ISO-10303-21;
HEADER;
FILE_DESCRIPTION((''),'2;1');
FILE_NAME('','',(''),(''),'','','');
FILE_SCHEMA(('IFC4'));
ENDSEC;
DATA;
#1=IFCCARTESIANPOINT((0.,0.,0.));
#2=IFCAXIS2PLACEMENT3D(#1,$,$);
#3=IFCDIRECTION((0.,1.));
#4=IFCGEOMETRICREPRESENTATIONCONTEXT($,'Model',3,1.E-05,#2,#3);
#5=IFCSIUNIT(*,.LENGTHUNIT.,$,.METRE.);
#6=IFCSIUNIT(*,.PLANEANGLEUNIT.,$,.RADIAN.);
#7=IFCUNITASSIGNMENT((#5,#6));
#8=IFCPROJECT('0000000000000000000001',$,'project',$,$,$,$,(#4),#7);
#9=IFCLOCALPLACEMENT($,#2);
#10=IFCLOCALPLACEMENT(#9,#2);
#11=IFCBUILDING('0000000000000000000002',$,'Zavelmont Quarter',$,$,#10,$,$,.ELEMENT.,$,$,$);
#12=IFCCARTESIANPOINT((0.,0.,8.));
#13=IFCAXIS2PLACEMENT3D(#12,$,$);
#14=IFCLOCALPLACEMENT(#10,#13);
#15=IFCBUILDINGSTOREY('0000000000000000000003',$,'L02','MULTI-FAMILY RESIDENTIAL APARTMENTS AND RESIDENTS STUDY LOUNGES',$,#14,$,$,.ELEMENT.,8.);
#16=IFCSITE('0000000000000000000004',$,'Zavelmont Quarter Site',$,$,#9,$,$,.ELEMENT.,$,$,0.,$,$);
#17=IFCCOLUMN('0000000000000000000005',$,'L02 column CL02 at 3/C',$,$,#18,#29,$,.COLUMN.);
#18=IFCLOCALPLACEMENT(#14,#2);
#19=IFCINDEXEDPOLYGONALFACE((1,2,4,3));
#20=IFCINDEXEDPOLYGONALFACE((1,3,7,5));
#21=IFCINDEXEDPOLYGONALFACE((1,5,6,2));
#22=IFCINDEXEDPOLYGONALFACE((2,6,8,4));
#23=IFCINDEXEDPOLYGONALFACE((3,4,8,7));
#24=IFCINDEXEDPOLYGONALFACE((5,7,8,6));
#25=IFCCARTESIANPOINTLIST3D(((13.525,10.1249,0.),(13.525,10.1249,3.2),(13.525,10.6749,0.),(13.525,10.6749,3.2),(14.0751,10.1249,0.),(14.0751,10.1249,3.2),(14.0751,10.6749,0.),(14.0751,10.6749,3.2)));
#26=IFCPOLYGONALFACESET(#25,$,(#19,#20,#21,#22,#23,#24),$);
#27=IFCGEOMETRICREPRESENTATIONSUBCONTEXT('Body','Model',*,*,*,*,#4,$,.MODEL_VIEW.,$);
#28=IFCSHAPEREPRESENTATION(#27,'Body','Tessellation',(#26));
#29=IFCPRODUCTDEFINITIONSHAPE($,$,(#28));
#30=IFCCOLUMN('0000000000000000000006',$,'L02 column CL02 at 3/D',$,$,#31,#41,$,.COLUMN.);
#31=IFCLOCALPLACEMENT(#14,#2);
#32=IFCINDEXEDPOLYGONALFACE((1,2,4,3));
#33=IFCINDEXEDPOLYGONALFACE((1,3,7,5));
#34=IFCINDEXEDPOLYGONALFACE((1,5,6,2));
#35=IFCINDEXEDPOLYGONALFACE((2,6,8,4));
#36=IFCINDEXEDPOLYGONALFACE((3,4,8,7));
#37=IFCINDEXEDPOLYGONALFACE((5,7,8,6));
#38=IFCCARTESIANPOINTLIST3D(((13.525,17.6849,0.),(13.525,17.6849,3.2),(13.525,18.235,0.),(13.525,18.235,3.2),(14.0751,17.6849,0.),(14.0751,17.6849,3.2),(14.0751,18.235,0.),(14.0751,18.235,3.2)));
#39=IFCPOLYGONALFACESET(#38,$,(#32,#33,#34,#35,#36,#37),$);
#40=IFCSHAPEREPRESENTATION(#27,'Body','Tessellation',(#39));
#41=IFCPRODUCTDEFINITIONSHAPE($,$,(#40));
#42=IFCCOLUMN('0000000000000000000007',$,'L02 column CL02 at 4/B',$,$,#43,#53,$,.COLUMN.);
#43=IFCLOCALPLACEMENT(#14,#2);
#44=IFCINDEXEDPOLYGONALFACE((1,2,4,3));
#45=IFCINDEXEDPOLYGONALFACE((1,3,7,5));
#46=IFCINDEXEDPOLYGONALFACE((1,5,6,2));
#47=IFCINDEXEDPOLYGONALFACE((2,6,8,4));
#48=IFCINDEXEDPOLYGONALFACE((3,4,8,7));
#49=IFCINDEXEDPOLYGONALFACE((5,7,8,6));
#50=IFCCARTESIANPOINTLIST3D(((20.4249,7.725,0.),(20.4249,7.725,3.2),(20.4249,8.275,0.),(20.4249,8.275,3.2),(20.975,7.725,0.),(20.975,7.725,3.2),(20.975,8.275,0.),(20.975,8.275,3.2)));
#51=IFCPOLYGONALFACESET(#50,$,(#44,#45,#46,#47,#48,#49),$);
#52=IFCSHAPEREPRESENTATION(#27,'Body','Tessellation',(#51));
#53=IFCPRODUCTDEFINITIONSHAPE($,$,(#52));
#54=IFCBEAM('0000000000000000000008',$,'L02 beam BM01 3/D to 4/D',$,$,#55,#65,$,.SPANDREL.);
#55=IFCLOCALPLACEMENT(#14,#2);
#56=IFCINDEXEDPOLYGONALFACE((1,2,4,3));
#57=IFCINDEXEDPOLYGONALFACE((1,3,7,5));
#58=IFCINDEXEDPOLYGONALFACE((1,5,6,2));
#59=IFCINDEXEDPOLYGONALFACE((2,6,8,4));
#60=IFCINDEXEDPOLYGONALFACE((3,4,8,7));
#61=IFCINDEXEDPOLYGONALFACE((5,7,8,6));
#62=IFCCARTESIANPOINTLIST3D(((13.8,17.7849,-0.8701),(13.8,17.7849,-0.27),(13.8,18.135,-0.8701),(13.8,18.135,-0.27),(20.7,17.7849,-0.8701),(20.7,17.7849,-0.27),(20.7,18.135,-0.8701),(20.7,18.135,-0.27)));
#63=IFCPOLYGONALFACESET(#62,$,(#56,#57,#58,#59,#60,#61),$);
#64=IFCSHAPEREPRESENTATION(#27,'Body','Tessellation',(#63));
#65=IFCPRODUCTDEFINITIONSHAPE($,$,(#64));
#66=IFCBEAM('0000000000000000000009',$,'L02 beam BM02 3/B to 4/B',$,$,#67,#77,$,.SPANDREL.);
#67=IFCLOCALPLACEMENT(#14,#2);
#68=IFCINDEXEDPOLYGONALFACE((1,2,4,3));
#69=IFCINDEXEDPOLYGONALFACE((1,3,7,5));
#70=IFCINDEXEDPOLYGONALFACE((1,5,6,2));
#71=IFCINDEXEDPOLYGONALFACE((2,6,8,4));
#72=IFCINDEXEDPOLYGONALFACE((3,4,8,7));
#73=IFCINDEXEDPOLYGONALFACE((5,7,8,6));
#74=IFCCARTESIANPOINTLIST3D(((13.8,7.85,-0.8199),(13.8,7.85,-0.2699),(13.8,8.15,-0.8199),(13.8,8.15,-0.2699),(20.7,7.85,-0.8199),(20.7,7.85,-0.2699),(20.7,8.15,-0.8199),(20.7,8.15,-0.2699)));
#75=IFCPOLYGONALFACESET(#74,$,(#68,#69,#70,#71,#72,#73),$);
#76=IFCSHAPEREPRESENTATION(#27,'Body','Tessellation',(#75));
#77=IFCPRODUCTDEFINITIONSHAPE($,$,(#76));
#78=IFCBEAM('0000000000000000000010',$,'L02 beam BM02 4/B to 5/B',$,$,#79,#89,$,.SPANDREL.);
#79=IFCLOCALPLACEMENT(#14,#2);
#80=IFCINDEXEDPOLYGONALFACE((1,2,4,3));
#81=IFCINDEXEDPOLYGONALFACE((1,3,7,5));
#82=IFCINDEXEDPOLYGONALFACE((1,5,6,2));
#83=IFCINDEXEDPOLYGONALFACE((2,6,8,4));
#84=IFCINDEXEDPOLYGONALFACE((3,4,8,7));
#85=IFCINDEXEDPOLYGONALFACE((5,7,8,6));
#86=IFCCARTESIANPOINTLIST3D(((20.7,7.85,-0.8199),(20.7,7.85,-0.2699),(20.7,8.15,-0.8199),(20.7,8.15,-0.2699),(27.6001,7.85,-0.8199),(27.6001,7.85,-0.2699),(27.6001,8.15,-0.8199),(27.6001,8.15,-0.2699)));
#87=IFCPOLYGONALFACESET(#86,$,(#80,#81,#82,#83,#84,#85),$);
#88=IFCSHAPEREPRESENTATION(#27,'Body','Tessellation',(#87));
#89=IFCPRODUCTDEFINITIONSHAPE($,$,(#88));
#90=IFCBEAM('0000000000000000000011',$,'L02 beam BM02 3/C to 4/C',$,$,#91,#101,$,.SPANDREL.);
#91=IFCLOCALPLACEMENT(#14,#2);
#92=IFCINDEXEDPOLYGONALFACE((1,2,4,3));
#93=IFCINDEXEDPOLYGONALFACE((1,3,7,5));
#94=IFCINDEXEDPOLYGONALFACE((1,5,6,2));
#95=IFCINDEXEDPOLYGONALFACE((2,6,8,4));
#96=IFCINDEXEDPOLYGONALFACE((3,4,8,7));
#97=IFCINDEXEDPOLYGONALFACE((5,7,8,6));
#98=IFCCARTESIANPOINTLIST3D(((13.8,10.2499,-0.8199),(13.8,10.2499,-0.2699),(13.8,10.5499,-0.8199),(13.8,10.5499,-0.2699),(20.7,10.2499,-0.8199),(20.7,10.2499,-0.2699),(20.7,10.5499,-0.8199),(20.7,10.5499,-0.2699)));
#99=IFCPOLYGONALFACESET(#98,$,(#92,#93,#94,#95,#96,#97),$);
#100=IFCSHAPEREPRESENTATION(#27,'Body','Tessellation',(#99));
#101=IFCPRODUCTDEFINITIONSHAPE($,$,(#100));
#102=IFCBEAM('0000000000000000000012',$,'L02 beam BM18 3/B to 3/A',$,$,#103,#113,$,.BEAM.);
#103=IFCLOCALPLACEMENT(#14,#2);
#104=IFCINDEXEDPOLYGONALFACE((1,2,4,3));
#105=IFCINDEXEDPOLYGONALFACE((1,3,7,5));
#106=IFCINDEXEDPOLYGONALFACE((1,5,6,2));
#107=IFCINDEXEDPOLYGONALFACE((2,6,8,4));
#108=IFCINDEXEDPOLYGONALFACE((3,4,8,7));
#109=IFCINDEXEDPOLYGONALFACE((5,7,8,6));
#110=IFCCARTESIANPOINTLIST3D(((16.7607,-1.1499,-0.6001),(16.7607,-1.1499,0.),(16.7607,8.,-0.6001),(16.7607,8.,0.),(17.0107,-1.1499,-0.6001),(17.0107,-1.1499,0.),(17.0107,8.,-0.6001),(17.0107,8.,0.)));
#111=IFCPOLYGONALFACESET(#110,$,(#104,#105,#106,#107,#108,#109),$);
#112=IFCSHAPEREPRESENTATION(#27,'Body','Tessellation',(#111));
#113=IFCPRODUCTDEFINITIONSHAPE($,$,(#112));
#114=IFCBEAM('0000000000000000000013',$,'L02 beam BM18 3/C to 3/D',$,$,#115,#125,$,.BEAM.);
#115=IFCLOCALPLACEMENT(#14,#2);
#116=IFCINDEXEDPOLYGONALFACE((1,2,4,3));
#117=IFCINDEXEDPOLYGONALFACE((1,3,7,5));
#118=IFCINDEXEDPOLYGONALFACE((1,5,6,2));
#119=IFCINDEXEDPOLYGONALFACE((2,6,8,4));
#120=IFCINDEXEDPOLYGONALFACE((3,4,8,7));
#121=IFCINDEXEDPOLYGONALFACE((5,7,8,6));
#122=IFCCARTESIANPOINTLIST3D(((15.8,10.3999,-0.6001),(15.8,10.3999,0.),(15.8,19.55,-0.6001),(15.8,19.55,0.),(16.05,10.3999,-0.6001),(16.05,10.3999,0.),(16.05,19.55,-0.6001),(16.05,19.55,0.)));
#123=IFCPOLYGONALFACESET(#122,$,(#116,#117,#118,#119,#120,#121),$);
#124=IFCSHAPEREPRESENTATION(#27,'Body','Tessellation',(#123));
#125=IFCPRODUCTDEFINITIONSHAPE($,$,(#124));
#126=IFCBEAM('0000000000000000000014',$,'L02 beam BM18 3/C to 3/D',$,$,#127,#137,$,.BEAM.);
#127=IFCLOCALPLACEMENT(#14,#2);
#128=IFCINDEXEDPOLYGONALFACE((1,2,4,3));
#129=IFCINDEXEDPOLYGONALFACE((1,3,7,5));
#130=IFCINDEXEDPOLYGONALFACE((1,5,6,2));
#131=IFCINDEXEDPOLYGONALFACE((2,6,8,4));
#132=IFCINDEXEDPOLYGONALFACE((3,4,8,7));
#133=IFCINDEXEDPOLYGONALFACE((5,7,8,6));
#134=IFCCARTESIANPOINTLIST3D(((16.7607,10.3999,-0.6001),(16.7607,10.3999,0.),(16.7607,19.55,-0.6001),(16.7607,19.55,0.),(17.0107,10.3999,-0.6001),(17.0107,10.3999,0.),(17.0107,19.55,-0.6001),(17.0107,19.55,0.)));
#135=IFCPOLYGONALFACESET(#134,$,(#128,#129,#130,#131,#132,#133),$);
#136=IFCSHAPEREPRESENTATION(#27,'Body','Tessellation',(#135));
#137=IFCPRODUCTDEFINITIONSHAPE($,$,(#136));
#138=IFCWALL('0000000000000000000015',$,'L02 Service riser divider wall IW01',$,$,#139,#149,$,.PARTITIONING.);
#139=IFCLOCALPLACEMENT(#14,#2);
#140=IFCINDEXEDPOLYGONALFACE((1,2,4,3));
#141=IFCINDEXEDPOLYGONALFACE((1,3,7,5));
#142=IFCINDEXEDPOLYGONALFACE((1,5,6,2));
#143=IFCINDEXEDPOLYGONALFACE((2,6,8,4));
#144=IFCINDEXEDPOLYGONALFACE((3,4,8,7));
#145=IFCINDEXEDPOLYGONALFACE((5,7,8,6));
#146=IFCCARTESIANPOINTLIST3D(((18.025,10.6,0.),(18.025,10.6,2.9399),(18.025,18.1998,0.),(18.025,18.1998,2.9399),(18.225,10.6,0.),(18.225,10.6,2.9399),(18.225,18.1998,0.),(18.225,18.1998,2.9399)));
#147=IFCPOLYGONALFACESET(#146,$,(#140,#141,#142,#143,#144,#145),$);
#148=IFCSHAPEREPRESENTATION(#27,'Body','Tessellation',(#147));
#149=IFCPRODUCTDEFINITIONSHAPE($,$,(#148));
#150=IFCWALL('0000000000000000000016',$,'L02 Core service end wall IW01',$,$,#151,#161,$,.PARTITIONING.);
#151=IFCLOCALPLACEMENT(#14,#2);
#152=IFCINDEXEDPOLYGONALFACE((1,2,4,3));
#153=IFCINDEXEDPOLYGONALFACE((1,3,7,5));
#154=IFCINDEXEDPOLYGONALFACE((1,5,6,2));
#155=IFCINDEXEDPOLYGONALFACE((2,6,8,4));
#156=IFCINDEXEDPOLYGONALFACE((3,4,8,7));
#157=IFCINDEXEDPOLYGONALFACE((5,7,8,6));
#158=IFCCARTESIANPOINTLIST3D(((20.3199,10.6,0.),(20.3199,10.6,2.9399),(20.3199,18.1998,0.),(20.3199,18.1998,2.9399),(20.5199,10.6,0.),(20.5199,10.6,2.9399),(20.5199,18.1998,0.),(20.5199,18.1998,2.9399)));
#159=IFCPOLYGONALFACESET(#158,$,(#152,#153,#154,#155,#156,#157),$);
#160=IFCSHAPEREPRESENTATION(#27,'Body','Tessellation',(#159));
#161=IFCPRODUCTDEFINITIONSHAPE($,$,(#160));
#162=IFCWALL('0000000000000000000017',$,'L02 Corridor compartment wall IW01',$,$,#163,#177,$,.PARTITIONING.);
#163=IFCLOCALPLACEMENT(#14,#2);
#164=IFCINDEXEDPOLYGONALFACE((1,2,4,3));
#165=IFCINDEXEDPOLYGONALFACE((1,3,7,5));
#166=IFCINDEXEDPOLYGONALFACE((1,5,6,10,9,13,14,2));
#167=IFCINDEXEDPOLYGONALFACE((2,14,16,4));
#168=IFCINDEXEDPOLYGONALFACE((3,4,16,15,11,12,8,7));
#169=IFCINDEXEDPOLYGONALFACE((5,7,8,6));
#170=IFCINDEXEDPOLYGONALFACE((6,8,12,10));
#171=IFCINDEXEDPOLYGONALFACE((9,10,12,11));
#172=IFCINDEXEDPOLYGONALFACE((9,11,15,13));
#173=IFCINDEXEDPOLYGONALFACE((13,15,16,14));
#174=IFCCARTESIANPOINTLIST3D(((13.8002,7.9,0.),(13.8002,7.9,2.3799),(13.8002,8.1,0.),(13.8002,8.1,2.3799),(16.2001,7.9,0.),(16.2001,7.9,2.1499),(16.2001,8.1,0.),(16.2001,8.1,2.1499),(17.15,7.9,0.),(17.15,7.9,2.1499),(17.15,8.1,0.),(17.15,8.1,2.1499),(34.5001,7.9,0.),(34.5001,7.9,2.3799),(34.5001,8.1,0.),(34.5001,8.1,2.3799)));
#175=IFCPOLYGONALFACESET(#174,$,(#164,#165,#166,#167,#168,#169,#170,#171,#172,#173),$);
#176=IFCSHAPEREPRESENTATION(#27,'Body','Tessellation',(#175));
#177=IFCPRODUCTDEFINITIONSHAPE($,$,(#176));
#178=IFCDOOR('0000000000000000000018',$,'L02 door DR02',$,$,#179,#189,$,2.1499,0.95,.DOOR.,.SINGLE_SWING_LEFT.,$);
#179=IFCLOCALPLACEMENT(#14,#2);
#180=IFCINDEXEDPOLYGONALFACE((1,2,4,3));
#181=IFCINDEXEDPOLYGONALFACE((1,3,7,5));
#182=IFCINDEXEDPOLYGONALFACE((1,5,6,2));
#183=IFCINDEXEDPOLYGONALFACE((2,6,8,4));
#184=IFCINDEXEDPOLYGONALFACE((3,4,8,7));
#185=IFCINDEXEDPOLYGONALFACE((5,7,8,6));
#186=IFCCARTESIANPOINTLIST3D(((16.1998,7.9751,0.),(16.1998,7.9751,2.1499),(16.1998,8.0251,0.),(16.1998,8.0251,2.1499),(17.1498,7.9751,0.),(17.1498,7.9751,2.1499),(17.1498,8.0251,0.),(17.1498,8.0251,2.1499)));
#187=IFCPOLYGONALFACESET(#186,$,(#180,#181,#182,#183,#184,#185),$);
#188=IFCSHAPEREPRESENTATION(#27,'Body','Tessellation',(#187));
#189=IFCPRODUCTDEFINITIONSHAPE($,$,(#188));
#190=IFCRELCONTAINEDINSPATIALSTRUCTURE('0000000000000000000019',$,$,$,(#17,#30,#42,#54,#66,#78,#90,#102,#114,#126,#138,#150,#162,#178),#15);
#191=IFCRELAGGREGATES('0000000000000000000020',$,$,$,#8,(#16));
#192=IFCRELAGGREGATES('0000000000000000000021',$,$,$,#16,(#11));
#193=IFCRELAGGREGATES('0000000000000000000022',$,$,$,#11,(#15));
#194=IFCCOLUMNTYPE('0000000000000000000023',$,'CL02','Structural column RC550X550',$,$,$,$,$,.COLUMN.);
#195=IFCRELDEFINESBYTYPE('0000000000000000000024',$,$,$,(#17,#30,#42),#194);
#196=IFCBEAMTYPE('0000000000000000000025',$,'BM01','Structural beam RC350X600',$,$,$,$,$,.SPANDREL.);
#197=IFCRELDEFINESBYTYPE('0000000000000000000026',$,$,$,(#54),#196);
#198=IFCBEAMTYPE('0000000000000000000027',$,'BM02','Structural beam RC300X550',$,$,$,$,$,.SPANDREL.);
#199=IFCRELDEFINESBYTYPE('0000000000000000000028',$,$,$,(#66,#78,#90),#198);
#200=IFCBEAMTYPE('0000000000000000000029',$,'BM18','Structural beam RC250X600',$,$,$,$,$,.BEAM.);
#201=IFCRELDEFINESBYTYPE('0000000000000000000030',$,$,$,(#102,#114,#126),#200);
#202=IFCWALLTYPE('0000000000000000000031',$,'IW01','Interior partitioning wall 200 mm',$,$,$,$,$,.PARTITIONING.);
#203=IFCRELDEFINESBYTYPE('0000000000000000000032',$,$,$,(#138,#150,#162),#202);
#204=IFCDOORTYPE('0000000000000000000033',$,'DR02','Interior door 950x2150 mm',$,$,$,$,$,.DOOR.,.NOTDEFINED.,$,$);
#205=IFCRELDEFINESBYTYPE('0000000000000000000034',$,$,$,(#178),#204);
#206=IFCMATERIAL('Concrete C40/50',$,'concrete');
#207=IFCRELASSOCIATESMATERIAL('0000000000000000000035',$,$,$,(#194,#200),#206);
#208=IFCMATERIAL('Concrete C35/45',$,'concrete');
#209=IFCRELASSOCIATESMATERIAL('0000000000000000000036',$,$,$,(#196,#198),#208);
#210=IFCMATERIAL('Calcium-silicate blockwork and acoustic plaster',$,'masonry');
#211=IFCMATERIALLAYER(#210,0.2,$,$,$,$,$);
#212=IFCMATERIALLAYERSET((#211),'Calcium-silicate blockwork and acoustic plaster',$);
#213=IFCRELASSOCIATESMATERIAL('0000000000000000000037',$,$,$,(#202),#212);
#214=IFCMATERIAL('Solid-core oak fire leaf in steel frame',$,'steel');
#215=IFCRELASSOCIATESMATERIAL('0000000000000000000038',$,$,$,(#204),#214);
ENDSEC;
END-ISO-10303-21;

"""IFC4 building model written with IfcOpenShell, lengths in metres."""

from ifc_helpers import new_model, si_unit, direction, frame, frame_2d, origin, origin_2d, place, context, subcontext, project, spatial, rectangle, extrude, material, layer, layer_set, material_profile, profile_set, type_object, element, fill, save


model = new_model("IFC4")

# Units and contexts
model_context = context("Model", 3, precision=1e-05, world=origin(), true_north=direction((0.0, 1.0)))
body_context = subcontext(model_context, "Body", "Model", "MODEL_VIEW")
ifc_project = project(units=[si_unit("LENGTHUNIT", "METRE"), si_unit("PLANEANGLEUNIT", "RADIAN")], contexts=[model_context])

# Site, building, storey
site_placement = place(None, origin())
site = spatial("IfcSite", under=ifc_project, at=site_placement, Name="Zavelmont Quarter Site", CompositionType="ELEMENT", RefElevation=0.0)
building_placement = place(site_placement, origin())
building = spatial("IfcBuilding", under=site, at=building_placement, Name="Zavelmont Quarter", CompositionType="ELEMENT")
storey_placement = place(building_placement, frame((0.0, 0.0, 8.0)))
storey = spatial("IfcBuildingStorey", under=building, at=storey_placement, Name="L02", Description="MULTI-FAMILY RESIDENTIAL APARTMENTS AND RESIDENTS STUDY LOUNGES", CompositionType="ELEMENT", Elevation=8.0)

# Columns
ifc_material_1 = material(Name="Concrete C40/50", Category="concrete")
ifc_material_profile_1 = material_profile(ifc_material_1, rectangle(XDim=0.55, YDim=0.55, at=origin_2d()), Name="RC550X550")
ifc_profile_set_1 = profile_set([ifc_material_profile_1], Name="Concrete C40/50")
column_type = type_object("IfcColumnType", Name="CL02", Description="Structural column RC550X550", PredefinedType="COLUMN", material=ifc_profile_set_1)
for number, where, z_axis, x_axis, name in (
    (1, (13.8, 10.3999, 0.0), (0.0, 0.0, 1.0), (1.0, 0.0, 0.0), "L02 column CL02 at 3/C"),
    (2, (13.8, 17.96, 0.0), (0.0, 0.0, 1.0), (1.0, 0.0, 0.0), "L02 column CL02 at 3/D"),
    (3, (20.7, 8.0, 0.0), (0.0, 0.0, 1.0), (1.0, 0.0, 0.0), "L02 column CL02 at 4/B"),
):
    element("IfcColumn", number, at=place(storey_placement, frame(where, z_axis=z_axis, x_axis=x_axis)), inside=storey, type_object=column_type, Name=name, PredefinedType="COLUMN", context=body_context, shape_type="SweptSolid", body=[
        extrude(rectangle(XDim=0.55, YDim=0.55, at=origin_2d()), origin(), (0.0, 0.0, 1.0), 3.2),
    ])

# Beams
ifc_material_2 = material(Name="Concrete C35/45", Category="concrete")
ifc_material_profile_2 = material_profile(ifc_material_2, rectangle(XDim=0.3501, YDim=0.6001, at=origin_2d()), Name="RC350X600")
ifc_profile_set_2 = profile_set([ifc_material_profile_2], Name="Concrete C35/45")
beam_type_1 = type_object("IfcBeamType", Name="BM01", Description="Structural beam RC350X600", PredefinedType="SPANDREL", material=ifc_profile_set_2)
beam_1_placement = place(storey_placement, frame((13.8, 17.96, -0.5701), z_axis=(1.0, 0.0, 0.0), x_axis=(0.0, 1.0, 0.0)))
element("IfcBeam", 4, at=beam_1_placement, inside=storey, type_object=beam_type_1, Name="L02 beam BM01 3/D to 4/D", PredefinedType="SPANDREL", context=body_context, shape_type="SweptSolid", body=[
    extrude(rectangle(XDim=0.3501, YDim=0.6001, at=origin_2d()), origin(), (0.0, 0.0, 1.0), 6.8999),
])
ifc_material_profile_3 = material_profile(ifc_material_2, rectangle(XDim=0.3, YDim=0.55, at=origin_2d()), Name="RC300X550")
ifc_profile_set_3 = profile_set([ifc_material_profile_3], Name="Concrete C35/45")
beam_type_2 = type_object("IfcBeamType", Name="BM02", Description="Structural beam RC300X550", PredefinedType="SPANDREL", material=ifc_profile_set_3)
beam_2_placement = place(storey_placement, frame((13.8, 8.0, -0.5449), z_axis=(1.0, 0.0, 0.0), x_axis=(0.0, 1.0, 0.0)))
element("IfcBeam", 5, at=beam_2_placement, inside=storey, type_object=beam_type_2, Name="L02 beam BM02 3/B to 4/B", PredefinedType="SPANDREL", context=body_context, shape_type="SweptSolid", body=[
    extrude(rectangle(XDim=0.3, YDim=0.55, at=origin_2d()), origin(), (0.0, 0.0, 1.0), 6.8999),
])
beam_3_placement = place(storey_placement, frame((20.7, 8.0, -0.5449), z_axis=(1.0, 0.0, 0.0), x_axis=(0.0, 1.0, 0.0)))
element("IfcBeam", 6, at=beam_3_placement, inside=storey, type_object=beam_type_2, Name="L02 beam BM02 4/B to 5/B", PredefinedType="SPANDREL", context=body_context, shape_type="SweptSolid", body=[
    extrude(rectangle(XDim=0.3, YDim=0.55, at=origin_2d()), origin(), (0.0, 0.0, 1.0), 6.9001),
])
beam_4_placement = place(storey_placement, frame((13.8, 10.3999, -0.5449), z_axis=(1.0, 0.0, 0.0), x_axis=(0.0, 1.0, 0.0)))
element("IfcBeam", 7, at=beam_4_placement, inside=storey, type_object=beam_type_2, Name="L02 beam BM02 3/C to 4/C", PredefinedType="SPANDREL", context=body_context, shape_type="SweptSolid", body=[
    extrude(rectangle(XDim=0.3, YDim=0.55, at=origin_2d()), origin(), (0.0, 0.0, 1.0), 6.8999),
])
ifc_material_profile_4 = material_profile(ifc_material_1, rectangle(XDim=0.25, YDim=0.6001, at=origin_2d()), Name="RC250X600")
ifc_profile_set_4 = profile_set([ifc_material_profile_4], Name="Concrete C40/50")
beam_type_3 = type_object("IfcBeamType", Name="BM18", Description="Structural beam RC250X600", PredefinedType="BEAM", material=ifc_profile_set_4)
beam_5_placement = place(storey_placement, frame((16.8857, 8.0, -0.3), z_axis=(0.0, -1.0, 0.0), x_axis=(1.0, 0.0, 0.0)))
element("IfcBeam", 8, at=beam_5_placement, inside=storey, type_object=beam_type_3, Name="L02 beam BM18 3/B to 3/A", PredefinedType="BEAM", context=body_context, shape_type="SweptSolid", body=[
    extrude(rectangle(XDim=0.25, YDim=0.6001, at=origin_2d()), origin(), (0.0, 0.0, 1.0), 9.1499),
])
for number, where, z_axis, x_axis, name in (
    (9, (15.925, 10.3999, -0.3), (0.0, 1.0, 0.0), (-1.0, 0.0, 0.0), "L02 beam BM18 3/C to 3/D"),
    (10, (16.8857, 10.3999, -0.3), (0.0, 1.0, 0.0), (-1.0, 0.0, 0.0), "L02 beam BM18 3/C to 3/D"),
):
    element("IfcBeam", number, at=place(storey_placement, frame(where, z_axis=z_axis, x_axis=x_axis)), inside=storey, type_object=beam_type_3, Name=name, PredefinedType="BEAM", context=body_context, shape_type="SweptSolid", body=[
        extrude(rectangle(XDim=0.25, YDim=0.6001, at=origin_2d()), origin(), (0.0, 0.0, 1.0), 9.1501),
    ])

# Walls
ifc_material_3 = material(Name="Calcium-silicate blockwork and acoustic plaster", Category="masonry")
ifc_layer_1 = layer(ifc_material_3, 0.2)
ifc_layer_set_1 = layer_set([ifc_layer_1], Name="Calcium-silicate blockwork and acoustic plaster")
wall_type_1 = type_object("IfcWallType", Name="IW01", Description="Interior partitioning wall 200 mm", PredefinedType="PARTITIONING", material=ifc_layer_set_1)
for number, where, z_axis, x_axis, name in (
    (11, (18.125, 10.6001, 0.0), (0.0, 0.0, 1.0), (0.0, 1.0, 0.0), "L02 Service riser divider wall IW01"),
    (12, (20.4199, 10.6001, 0.0), (0.0, 0.0, 1.0), (0.0, 1.0, 0.0), "L02 Core service end wall IW01"),
):
    element("IfcWall", number, at=place(storey_placement, frame(where, z_axis=z_axis, x_axis=x_axis)), inside=storey, type_object=wall_type_1, Name=name, PredefinedType="PARTITIONING", context=body_context, shape_type="SweptSolid", body=[
        extrude(rectangle(XDim=7.5999, YDim=0.2, at=frame_2d((3.7998, 0.0))), origin(), (0.0, 0.0, 1.0), 2.9399),
    ])

# Wall, opening, door
wall_1_placement = place(storey_placement, frame((13.8, 8.0, 0.0), z_axis=(0.0, 0.0, 1.0), x_axis=(1.0, 0.0, 0.0)))
wall_1 = element("IfcWall", 13, at=wall_1_placement, inside=storey, type_object=wall_type_1, Name="L02 Corridor compartment wall IW01", PredefinedType="PARTITIONING", context=body_context, shape_type="SweptSolid", body=[
    extrude(rectangle(XDim=20.7, YDim=0.2, at=frame_2d((10.3501, 0.0))), origin(), (0.0, 0.0, 1.0), 2.3799),
])
opening_1_placement = place(wall_1_placement, frame((2.3999, 0.0, 0.0)))
opening_1 = element("IfcOpeningElement", 14, at=opening_1_placement, cuts=wall_1, PredefinedType="OPENING", context=body_context, shape_type="SweptSolid", body=[
    extrude(rectangle(XDim=0.95, YDim=2.1499, at=frame_2d((0.4751, 1.075))), frame((0.0, 0.1118, 0.0), z_axis=(0.0, -1.0, 0.0), x_axis=(1.0, 0.0, 0.0)), (0.0, 0.0, 1.0), 0.2239),
])
ifc_material_4 = material(Name="Solid-core oak fire leaf in steel frame", Category="steel")
door_type_1 = type_object("IfcDoorType", Name="DR02", Description="Interior door 950x2150 mm", OperationType="NOTDEFINED", PredefinedType="DOOR", material=ifc_material_4)
door_1_placement = place(opening_1_placement, frame((0.95, 0.0, 0.0), z_axis=(0.0, 0.0, 1.0), x_axis=(-1.0, 0.0, 0.0)))
door_1 = element("IfcDoor", 15, at=door_1_placement, inside=storey, type_object=door_type_1, Name="L02 door DR02", OperationType="SINGLE_SWING_LEFT", OverallHeight=2.1499, OverallWidth=0.95, PredefinedType="DOOR", context=body_context, shape_type="SweptSolid", body=[
    extrude(rectangle(XDim=0.95, YDim=2.1499, at=frame_2d((0.4751, 1.075))), frame((0.0, 0.0249, 0.0), z_axis=(0.0, -1.0, 0.0), x_axis=(1.0, 0.0, 0.0)), (0.0, 0.0, 1.0), 0.05),
])
fill(opening_1, door_1)

save(model, "model.ifc")
